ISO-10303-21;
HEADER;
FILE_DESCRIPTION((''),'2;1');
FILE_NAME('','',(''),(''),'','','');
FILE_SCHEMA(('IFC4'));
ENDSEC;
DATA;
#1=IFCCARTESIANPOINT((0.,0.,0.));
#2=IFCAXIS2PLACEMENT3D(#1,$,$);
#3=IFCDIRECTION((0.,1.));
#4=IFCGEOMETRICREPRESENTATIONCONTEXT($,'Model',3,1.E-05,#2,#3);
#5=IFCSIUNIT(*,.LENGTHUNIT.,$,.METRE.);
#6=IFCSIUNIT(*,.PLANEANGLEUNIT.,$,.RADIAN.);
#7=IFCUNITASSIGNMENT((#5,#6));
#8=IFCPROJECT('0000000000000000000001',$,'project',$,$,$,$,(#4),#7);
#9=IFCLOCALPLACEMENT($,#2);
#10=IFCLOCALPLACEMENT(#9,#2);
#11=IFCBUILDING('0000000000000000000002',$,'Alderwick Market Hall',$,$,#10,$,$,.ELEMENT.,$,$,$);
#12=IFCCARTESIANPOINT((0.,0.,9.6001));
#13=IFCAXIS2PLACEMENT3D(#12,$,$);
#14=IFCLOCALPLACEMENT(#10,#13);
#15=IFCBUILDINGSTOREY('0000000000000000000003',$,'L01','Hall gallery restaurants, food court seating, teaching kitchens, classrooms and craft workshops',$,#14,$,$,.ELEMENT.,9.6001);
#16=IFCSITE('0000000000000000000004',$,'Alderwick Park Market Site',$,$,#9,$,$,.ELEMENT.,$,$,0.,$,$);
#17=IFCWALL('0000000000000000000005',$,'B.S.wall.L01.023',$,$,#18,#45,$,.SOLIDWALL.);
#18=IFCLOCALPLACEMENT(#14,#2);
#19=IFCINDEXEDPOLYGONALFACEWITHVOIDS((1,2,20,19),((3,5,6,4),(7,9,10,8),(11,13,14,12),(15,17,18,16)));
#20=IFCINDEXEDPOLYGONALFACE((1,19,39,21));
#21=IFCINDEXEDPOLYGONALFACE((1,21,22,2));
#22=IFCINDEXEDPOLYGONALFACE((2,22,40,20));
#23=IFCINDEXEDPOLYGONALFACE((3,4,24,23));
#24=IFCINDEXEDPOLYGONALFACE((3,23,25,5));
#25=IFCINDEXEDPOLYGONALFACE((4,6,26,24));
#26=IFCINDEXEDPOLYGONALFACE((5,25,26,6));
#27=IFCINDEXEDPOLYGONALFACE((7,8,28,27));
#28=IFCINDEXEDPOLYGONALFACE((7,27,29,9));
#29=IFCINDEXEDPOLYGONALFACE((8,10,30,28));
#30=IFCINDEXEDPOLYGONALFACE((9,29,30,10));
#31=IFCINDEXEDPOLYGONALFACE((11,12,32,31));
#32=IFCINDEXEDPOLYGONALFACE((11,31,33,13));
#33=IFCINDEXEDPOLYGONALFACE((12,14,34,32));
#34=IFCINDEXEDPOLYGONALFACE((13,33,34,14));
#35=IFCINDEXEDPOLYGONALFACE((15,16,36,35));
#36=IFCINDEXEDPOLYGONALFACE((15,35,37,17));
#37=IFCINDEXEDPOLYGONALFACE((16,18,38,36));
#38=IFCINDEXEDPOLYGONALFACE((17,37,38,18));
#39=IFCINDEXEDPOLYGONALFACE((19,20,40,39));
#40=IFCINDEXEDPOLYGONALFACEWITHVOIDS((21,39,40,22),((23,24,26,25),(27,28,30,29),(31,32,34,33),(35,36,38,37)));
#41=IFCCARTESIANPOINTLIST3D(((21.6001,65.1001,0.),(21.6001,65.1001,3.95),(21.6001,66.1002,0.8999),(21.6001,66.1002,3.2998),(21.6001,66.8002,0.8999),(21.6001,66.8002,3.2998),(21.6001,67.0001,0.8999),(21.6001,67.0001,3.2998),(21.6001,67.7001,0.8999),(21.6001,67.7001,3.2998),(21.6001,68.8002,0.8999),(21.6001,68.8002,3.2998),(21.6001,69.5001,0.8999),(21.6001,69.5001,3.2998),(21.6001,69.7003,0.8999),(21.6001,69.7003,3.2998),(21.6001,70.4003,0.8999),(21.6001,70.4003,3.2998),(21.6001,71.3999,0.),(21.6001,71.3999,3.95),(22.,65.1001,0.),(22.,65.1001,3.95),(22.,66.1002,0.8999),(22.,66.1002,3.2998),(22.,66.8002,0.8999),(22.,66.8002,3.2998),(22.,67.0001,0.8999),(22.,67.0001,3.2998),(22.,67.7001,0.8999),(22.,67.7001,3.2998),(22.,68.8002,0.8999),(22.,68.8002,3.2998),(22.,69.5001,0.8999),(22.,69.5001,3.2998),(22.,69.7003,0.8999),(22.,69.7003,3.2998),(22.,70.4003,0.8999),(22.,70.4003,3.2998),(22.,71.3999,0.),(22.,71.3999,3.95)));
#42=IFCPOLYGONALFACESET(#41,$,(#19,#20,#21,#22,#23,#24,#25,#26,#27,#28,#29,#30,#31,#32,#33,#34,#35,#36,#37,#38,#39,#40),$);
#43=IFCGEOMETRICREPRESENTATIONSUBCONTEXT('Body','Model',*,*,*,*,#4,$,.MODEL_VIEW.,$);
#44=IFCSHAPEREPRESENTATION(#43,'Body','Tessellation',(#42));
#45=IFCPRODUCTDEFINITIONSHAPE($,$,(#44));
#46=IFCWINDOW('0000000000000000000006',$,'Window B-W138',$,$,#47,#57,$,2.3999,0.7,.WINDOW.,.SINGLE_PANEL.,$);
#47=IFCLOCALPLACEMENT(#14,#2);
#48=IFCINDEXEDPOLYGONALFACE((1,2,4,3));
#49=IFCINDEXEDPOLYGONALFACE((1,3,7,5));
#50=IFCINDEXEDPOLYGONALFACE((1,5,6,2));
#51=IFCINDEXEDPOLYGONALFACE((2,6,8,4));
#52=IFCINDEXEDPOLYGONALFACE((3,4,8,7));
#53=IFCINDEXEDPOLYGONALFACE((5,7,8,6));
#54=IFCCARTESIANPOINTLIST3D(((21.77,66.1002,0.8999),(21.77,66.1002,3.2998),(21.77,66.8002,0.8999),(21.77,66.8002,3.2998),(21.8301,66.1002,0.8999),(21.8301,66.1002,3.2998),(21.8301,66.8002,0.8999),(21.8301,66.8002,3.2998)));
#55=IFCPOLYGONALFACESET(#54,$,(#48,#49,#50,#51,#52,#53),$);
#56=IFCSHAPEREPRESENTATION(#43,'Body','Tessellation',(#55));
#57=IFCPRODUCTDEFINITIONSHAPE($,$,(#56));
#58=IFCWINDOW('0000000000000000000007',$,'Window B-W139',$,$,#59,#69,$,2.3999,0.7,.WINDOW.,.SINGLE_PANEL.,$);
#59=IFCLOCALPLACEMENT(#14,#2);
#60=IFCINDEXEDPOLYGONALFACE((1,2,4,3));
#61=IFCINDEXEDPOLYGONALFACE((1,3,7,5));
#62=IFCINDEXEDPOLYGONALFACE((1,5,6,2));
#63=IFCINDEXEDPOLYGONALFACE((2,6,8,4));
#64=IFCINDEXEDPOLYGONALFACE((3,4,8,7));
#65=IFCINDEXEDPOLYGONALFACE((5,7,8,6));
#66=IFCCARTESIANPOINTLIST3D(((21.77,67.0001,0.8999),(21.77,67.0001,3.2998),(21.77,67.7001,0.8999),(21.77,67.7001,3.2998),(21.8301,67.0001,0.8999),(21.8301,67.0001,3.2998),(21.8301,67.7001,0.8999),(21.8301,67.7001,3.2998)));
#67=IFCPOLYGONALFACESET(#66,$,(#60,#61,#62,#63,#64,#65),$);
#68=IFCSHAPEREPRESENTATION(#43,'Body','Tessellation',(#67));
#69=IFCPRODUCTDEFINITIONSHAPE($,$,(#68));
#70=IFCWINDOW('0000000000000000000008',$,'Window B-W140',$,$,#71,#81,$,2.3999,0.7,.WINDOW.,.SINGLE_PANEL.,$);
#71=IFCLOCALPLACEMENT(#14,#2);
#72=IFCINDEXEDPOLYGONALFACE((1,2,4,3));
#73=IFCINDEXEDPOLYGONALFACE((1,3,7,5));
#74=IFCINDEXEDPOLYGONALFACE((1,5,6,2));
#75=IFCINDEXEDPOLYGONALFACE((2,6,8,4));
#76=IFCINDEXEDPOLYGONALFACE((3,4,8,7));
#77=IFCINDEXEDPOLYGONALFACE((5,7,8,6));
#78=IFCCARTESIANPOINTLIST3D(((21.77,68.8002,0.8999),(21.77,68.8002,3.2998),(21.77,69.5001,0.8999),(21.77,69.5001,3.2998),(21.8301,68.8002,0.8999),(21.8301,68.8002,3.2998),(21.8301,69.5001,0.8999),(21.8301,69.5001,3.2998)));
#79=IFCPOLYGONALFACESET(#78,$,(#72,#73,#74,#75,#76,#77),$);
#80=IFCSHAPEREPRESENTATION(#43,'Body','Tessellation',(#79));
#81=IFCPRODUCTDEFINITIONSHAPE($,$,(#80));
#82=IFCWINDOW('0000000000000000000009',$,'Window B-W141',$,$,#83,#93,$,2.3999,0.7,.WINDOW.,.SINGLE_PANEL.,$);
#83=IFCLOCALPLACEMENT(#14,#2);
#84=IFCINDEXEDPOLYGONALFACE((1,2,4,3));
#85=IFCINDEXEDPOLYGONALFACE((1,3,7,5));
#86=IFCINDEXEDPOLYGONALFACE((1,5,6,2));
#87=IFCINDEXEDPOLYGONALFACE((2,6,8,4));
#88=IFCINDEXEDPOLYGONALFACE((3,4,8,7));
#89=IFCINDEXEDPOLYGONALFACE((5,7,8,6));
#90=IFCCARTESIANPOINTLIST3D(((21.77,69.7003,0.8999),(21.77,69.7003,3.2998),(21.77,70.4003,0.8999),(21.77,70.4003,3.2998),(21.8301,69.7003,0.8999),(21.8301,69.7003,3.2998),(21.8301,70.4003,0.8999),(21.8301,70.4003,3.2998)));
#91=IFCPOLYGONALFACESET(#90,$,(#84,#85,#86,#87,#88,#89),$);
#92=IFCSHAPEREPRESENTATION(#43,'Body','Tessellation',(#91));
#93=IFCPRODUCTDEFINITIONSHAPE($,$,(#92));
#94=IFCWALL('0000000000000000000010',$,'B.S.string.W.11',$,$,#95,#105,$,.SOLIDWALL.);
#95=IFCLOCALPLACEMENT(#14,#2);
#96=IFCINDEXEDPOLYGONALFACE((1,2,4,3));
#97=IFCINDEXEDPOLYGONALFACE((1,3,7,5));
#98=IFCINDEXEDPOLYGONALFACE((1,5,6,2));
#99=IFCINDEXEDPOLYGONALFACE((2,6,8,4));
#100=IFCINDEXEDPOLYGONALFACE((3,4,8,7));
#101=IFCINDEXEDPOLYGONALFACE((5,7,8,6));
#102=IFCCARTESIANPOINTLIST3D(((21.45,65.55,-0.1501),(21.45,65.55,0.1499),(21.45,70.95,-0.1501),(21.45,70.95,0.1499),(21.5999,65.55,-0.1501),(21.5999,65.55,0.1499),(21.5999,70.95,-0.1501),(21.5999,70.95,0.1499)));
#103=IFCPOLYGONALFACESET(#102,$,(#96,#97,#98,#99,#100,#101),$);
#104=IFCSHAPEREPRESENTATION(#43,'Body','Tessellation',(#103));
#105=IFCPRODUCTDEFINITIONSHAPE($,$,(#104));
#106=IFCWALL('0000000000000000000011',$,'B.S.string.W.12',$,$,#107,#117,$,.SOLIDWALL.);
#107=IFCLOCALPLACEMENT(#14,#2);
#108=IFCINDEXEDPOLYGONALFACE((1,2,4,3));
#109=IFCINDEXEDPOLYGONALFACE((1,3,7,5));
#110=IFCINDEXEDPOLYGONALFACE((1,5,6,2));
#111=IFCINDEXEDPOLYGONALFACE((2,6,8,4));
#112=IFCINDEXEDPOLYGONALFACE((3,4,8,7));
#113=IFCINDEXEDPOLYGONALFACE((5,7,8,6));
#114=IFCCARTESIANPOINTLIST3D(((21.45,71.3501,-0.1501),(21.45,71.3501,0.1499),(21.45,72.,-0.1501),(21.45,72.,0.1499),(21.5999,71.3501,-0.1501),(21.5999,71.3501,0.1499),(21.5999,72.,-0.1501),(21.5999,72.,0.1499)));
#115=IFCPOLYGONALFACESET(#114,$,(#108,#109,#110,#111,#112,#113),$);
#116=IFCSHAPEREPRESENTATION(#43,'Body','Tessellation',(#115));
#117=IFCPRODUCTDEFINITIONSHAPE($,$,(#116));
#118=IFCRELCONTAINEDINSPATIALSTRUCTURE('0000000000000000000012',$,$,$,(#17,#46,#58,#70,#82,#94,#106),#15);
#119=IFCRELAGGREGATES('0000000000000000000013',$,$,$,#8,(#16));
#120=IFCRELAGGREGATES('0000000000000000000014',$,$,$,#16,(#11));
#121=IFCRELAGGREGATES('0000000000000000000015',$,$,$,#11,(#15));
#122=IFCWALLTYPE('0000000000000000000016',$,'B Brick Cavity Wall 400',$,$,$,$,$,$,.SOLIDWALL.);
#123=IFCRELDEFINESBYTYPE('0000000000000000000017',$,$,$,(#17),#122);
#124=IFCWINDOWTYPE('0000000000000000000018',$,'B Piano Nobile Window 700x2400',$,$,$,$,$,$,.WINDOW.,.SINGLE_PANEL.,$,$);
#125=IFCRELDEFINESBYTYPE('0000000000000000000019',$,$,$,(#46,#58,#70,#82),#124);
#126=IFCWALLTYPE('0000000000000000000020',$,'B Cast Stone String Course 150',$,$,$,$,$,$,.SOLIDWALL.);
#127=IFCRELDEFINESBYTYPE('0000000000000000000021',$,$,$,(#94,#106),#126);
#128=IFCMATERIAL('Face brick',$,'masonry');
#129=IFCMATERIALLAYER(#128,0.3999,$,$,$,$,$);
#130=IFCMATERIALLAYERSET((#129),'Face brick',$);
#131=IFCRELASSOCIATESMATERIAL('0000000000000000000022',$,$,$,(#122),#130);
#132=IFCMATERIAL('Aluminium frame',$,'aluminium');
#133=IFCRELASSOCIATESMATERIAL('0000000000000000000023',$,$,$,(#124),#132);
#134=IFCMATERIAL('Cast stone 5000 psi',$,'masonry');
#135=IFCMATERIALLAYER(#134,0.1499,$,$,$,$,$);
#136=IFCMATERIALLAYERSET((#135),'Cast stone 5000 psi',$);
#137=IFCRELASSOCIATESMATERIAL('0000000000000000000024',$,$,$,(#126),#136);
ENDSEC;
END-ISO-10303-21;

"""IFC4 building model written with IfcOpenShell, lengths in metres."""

from ifc_helpers import new_model, si_unit, direction, frame, frame_2d, origin, place, context, subcontext, project, spatial, rectangle, extrude, material, layer, layer_set, type_object, element, fill, save


model = new_model("IFC4")

# Units and contexts
model_context = context("Model", 3, precision=1e-05, world=origin(), true_north=direction((0.0, 1.0)))
body_context = subcontext(model_context, "Body", "Model", "MODEL_VIEW")
ifc_project = project(units=[si_unit("LENGTHUNIT", "METRE"), si_unit("PLANEANGLEUNIT", "RADIAN")], contexts=[model_context])

# Site, building, storey
site_placement = place(None, origin())
site = spatial("IfcSite", under=ifc_project, at=site_placement, Name="Alderwick Park Market Site", CompositionType="ELEMENT", RefElevation=0.0)
building_placement = place(site_placement, origin())
building = spatial("IfcBuilding", under=site, at=building_placement, Name="Alderwick Market Hall", CompositionType="ELEMENT")
storey_placement = place(building_placement, frame((0.0, 0.0, 9.6001)))
storey = spatial("IfcBuildingStorey", under=building, at=storey_placement, Name="L01", Description="Hall gallery restaurants, food court seating, teaching kitchens, classrooms and craft workshops", CompositionType="ELEMENT", Elevation=9.6001)

# Wall, openings, windows
ifc_material_1 = material(Name="Face brick", Category="masonry")
ifc_layer_1 = layer(ifc_material_1, 0.3999)
ifc_layer_set_1 = layer_set([ifc_layer_1], Name="Face brick")
wall_type_1 = type_object("IfcWallType", Name="B Brick Cavity Wall 400", PredefinedType="SOLIDWALL", material=ifc_layer_set_1)
ifc_material_2 = material(Name="Aluminium frame", Category="aluminium")
window_type = type_object("IfcWindowType", Name="B Piano Nobile Window 700x2400", PartitioningType="SINGLE_PANEL", PredefinedType="WINDOW", material=ifc_material_2)
wall_1_placement = place(storey_placement, frame((21.8, 65.1001, 0.0), z_axis=(0.0, 0.0, 1.0), x_axis=(0.0, 1.0, 0.0)))
wall_1 = element("IfcWall", 1, at=wall_1_placement, inside=storey, type_object=wall_type_1, Name="B.S.wall.L01.023", PredefinedType="SOLIDWALL", context=body_context, shape_type="SweptSolid", body=[
    extrude(rectangle(XDim=6.2998, YDim=0.3999, at=frame_2d((3.1499, 0.0))), origin(), (0.0, 0.0, 1.0), 3.95),
])
opening_1_placement = place(wall_1_placement, frame((1.0, 0.0, 0.8999)))
opening_1 = element("IfcOpeningElement", 2, at=opening_1_placement, cuts=wall_1, PredefinedType="OPENING", context=body_context, shape_type="SweptSolid", body=[
    extrude(rectangle(XDim=0.7, YDim=2.3999, at=frame_2d((0.3501, 1.2))), frame((0.0, 0.21, 0.0), z_axis=(0.0, -1.0, 0.0), x_axis=(1.0, 0.0, 0.0)), (0.0, 0.0, 1.0), 0.4199),
])
opening_2_placement = place(wall_1_placement, frame((1.8999, 0.0, 0.8999)))
opening_2 = element("IfcOpeningElement", 3, at=opening_2_placement, cuts=wall_1, PredefinedType="OPENING", context=body_context, shape_type="SweptSolid", body=[
    extrude(rectangle(XDim=0.7, YDim=2.3999, at=frame_2d((0.3501, 1.2))), frame((0.0, 0.21, 0.0), z_axis=(0.0, -1.0, 0.0), x_axis=(1.0, 0.0, 0.0)), (0.0, 0.0, 1.0), 0.4199),
])
opening_3_placement = place(wall_1_placement, frame((3.7, 0.0, 0.8999)))
opening_3 = element("IfcOpeningElement", 4, at=opening_3_placement, cuts=wall_1, PredefinedType="OPENING", context=body_context, shape_type="SweptSolid", body=[
    extrude(rectangle(XDim=0.7, YDim=2.3999, at=frame_2d((0.3501, 1.2))), frame((0.0, 0.21, 0.0), z_axis=(0.0, -1.0, 0.0), x_axis=(1.0, 0.0, 0.0)), (0.0, 0.0, 1.0), 0.4199),
])
opening_4_placement = place(wall_1_placement, frame((4.6001, 0.0, 0.8999)))
opening_4 = element("IfcOpeningElement", 5, at=opening_4_placement, cuts=wall_1, PredefinedType="OPENING", context=body_context, shape_type="SweptSolid", body=[
    extrude(rectangle(XDim=0.7, YDim=2.3999, at=frame_2d((0.3501, 1.2))), frame((0.0, 0.21, 0.0), z_axis=(0.0, -1.0, 0.0), x_axis=(1.0, 0.0, 0.0)), (0.0, 0.0, 1.0), 0.4199),
])
window_1_placement = place(opening_1_placement, origin())
window_1 = element("IfcWindow", 6, at=window_1_placement, inside=storey, type_object=window_type, Name="Window B-W138", OverallHeight=2.3999, OverallWidth=0.7, PartitioningType="SINGLE_PANEL", PredefinedType="WINDOW", context=body_context, shape_type="SweptSolid", body=[
    extrude(rectangle(XDim=0.7, YDim=2.3999, at=frame_2d((0.3501, 1.2))), frame((0.0, 0.03, 0.0), z_axis=(0.0, -1.0, 0.0), x_axis=(1.0, 0.0, 0.0)), (0.0, 0.0, 1.0), 0.0601),
])
fill(opening_1, window_1)
window_2_placement = place(opening_2_placement, origin())
window_2 = element("IfcWindow", 7, at=window_2_placement, inside=storey, type_object=window_type, Name="Window B-W139", OverallHeight=2.3999, OverallWidth=0.7, PartitioningType="SINGLE_PANEL", PredefinedType="WINDOW", context=body_context, shape_type="SweptSolid", body=[
    extrude(rectangle(XDim=0.7, YDim=2.3999, at=frame_2d((0.3501, 1.2))), frame((0.0, 0.03, 0.0), z_axis=(0.0, -1.0, 0.0), x_axis=(1.0, 0.0, 0.0)), (0.0, 0.0, 1.0), 0.0601),
])
fill(opening_2, window_2)
window_3_placement = place(opening_3_placement, origin())
window_3 = element("IfcWindow", 8, at=window_3_placement, inside=storey, type_object=window_type, Name="Window B-W140", OverallHeight=2.3999, OverallWidth=0.7, PartitioningType="SINGLE_PANEL", PredefinedType="WINDOW", context=body_context, shape_type="SweptSolid", body=[
    extrude(rectangle(XDim=0.7, YDim=2.3999, at=frame_2d((0.3501, 1.2))), frame((0.0, 0.03, 0.0), z_axis=(0.0, -1.0, 0.0), x_axis=(1.0, 0.0, 0.0)), (0.0, 0.0, 1.0), 0.0601),
])
fill(opening_3, window_3)
window_4_placement = place(opening_4_placement, origin())
window_4 = element("IfcWindow", 9, at=window_4_placement, inside=storey, type_object=window_type, Name="Window B-W141", OverallHeight=2.3999, OverallWidth=0.7, PartitioningType="SINGLE_PANEL", PredefinedType="WINDOW", context=body_context, shape_type="SweptSolid", body=[
    extrude(rectangle(XDim=0.7, YDim=2.3999, at=frame_2d((0.3501, 1.2))), frame((0.0, 0.03, 0.0), z_axis=(0.0, -1.0, 0.0), x_axis=(1.0, 0.0, 0.0)), (0.0, 0.0, 1.0), 0.0601),
])
fill(opening_4, window_4)

# Walls
ifc_material_3 = material(Name="Cast stone 5000 psi", Category="masonry")
ifc_layer_2 = layer(ifc_material_3, 0.1499)
ifc_layer_set_2 = layer_set([ifc_layer_2], Name="Cast stone 5000 psi")
wall_type_2 = type_object("IfcWallType", Name="B Cast Stone String Course 150", PredefinedType="SOLIDWALL", material=ifc_layer_set_2)
wall_2_placement = place(storey_placement, frame((21.5249, 65.55, -0.1501), z_axis=(0.0, 0.0, 1.0), x_axis=(0.0, 1.0, 0.0)))
element("IfcWall", 10, at=wall_2_placement, inside=storey, type_object=wall_type_2, Name="B.S.string.W.11", PredefinedType="SOLIDWALL", context=body_context, shape_type="SweptSolid", body=[
    extrude(rectangle(XDim=5.3999, YDim=0.1499, at=frame_2d((2.7, 0.0))), origin(), (0.0, 0.0, 1.0), 0.3),
])
wall_3_placement = place(storey_placement, frame((21.5249, 71.3501, -0.1501), z_axis=(0.0, 0.0, 1.0), x_axis=(0.0, 1.0, 0.0)))
element("IfcWall", 11, at=wall_3_placement, inside=storey, type_object=wall_type_2, Name="B.S.string.W.12", PredefinedType="SOLIDWALL", context=body_context, shape_type="SweptSolid", body=[
    extrude(rectangle(XDim=0.6499, YDim=0.1499, at=frame_2d((0.325, 0.0))), origin(), (0.0, 0.0, 1.0), 0.3),
])

save(model, "model.ifc")
